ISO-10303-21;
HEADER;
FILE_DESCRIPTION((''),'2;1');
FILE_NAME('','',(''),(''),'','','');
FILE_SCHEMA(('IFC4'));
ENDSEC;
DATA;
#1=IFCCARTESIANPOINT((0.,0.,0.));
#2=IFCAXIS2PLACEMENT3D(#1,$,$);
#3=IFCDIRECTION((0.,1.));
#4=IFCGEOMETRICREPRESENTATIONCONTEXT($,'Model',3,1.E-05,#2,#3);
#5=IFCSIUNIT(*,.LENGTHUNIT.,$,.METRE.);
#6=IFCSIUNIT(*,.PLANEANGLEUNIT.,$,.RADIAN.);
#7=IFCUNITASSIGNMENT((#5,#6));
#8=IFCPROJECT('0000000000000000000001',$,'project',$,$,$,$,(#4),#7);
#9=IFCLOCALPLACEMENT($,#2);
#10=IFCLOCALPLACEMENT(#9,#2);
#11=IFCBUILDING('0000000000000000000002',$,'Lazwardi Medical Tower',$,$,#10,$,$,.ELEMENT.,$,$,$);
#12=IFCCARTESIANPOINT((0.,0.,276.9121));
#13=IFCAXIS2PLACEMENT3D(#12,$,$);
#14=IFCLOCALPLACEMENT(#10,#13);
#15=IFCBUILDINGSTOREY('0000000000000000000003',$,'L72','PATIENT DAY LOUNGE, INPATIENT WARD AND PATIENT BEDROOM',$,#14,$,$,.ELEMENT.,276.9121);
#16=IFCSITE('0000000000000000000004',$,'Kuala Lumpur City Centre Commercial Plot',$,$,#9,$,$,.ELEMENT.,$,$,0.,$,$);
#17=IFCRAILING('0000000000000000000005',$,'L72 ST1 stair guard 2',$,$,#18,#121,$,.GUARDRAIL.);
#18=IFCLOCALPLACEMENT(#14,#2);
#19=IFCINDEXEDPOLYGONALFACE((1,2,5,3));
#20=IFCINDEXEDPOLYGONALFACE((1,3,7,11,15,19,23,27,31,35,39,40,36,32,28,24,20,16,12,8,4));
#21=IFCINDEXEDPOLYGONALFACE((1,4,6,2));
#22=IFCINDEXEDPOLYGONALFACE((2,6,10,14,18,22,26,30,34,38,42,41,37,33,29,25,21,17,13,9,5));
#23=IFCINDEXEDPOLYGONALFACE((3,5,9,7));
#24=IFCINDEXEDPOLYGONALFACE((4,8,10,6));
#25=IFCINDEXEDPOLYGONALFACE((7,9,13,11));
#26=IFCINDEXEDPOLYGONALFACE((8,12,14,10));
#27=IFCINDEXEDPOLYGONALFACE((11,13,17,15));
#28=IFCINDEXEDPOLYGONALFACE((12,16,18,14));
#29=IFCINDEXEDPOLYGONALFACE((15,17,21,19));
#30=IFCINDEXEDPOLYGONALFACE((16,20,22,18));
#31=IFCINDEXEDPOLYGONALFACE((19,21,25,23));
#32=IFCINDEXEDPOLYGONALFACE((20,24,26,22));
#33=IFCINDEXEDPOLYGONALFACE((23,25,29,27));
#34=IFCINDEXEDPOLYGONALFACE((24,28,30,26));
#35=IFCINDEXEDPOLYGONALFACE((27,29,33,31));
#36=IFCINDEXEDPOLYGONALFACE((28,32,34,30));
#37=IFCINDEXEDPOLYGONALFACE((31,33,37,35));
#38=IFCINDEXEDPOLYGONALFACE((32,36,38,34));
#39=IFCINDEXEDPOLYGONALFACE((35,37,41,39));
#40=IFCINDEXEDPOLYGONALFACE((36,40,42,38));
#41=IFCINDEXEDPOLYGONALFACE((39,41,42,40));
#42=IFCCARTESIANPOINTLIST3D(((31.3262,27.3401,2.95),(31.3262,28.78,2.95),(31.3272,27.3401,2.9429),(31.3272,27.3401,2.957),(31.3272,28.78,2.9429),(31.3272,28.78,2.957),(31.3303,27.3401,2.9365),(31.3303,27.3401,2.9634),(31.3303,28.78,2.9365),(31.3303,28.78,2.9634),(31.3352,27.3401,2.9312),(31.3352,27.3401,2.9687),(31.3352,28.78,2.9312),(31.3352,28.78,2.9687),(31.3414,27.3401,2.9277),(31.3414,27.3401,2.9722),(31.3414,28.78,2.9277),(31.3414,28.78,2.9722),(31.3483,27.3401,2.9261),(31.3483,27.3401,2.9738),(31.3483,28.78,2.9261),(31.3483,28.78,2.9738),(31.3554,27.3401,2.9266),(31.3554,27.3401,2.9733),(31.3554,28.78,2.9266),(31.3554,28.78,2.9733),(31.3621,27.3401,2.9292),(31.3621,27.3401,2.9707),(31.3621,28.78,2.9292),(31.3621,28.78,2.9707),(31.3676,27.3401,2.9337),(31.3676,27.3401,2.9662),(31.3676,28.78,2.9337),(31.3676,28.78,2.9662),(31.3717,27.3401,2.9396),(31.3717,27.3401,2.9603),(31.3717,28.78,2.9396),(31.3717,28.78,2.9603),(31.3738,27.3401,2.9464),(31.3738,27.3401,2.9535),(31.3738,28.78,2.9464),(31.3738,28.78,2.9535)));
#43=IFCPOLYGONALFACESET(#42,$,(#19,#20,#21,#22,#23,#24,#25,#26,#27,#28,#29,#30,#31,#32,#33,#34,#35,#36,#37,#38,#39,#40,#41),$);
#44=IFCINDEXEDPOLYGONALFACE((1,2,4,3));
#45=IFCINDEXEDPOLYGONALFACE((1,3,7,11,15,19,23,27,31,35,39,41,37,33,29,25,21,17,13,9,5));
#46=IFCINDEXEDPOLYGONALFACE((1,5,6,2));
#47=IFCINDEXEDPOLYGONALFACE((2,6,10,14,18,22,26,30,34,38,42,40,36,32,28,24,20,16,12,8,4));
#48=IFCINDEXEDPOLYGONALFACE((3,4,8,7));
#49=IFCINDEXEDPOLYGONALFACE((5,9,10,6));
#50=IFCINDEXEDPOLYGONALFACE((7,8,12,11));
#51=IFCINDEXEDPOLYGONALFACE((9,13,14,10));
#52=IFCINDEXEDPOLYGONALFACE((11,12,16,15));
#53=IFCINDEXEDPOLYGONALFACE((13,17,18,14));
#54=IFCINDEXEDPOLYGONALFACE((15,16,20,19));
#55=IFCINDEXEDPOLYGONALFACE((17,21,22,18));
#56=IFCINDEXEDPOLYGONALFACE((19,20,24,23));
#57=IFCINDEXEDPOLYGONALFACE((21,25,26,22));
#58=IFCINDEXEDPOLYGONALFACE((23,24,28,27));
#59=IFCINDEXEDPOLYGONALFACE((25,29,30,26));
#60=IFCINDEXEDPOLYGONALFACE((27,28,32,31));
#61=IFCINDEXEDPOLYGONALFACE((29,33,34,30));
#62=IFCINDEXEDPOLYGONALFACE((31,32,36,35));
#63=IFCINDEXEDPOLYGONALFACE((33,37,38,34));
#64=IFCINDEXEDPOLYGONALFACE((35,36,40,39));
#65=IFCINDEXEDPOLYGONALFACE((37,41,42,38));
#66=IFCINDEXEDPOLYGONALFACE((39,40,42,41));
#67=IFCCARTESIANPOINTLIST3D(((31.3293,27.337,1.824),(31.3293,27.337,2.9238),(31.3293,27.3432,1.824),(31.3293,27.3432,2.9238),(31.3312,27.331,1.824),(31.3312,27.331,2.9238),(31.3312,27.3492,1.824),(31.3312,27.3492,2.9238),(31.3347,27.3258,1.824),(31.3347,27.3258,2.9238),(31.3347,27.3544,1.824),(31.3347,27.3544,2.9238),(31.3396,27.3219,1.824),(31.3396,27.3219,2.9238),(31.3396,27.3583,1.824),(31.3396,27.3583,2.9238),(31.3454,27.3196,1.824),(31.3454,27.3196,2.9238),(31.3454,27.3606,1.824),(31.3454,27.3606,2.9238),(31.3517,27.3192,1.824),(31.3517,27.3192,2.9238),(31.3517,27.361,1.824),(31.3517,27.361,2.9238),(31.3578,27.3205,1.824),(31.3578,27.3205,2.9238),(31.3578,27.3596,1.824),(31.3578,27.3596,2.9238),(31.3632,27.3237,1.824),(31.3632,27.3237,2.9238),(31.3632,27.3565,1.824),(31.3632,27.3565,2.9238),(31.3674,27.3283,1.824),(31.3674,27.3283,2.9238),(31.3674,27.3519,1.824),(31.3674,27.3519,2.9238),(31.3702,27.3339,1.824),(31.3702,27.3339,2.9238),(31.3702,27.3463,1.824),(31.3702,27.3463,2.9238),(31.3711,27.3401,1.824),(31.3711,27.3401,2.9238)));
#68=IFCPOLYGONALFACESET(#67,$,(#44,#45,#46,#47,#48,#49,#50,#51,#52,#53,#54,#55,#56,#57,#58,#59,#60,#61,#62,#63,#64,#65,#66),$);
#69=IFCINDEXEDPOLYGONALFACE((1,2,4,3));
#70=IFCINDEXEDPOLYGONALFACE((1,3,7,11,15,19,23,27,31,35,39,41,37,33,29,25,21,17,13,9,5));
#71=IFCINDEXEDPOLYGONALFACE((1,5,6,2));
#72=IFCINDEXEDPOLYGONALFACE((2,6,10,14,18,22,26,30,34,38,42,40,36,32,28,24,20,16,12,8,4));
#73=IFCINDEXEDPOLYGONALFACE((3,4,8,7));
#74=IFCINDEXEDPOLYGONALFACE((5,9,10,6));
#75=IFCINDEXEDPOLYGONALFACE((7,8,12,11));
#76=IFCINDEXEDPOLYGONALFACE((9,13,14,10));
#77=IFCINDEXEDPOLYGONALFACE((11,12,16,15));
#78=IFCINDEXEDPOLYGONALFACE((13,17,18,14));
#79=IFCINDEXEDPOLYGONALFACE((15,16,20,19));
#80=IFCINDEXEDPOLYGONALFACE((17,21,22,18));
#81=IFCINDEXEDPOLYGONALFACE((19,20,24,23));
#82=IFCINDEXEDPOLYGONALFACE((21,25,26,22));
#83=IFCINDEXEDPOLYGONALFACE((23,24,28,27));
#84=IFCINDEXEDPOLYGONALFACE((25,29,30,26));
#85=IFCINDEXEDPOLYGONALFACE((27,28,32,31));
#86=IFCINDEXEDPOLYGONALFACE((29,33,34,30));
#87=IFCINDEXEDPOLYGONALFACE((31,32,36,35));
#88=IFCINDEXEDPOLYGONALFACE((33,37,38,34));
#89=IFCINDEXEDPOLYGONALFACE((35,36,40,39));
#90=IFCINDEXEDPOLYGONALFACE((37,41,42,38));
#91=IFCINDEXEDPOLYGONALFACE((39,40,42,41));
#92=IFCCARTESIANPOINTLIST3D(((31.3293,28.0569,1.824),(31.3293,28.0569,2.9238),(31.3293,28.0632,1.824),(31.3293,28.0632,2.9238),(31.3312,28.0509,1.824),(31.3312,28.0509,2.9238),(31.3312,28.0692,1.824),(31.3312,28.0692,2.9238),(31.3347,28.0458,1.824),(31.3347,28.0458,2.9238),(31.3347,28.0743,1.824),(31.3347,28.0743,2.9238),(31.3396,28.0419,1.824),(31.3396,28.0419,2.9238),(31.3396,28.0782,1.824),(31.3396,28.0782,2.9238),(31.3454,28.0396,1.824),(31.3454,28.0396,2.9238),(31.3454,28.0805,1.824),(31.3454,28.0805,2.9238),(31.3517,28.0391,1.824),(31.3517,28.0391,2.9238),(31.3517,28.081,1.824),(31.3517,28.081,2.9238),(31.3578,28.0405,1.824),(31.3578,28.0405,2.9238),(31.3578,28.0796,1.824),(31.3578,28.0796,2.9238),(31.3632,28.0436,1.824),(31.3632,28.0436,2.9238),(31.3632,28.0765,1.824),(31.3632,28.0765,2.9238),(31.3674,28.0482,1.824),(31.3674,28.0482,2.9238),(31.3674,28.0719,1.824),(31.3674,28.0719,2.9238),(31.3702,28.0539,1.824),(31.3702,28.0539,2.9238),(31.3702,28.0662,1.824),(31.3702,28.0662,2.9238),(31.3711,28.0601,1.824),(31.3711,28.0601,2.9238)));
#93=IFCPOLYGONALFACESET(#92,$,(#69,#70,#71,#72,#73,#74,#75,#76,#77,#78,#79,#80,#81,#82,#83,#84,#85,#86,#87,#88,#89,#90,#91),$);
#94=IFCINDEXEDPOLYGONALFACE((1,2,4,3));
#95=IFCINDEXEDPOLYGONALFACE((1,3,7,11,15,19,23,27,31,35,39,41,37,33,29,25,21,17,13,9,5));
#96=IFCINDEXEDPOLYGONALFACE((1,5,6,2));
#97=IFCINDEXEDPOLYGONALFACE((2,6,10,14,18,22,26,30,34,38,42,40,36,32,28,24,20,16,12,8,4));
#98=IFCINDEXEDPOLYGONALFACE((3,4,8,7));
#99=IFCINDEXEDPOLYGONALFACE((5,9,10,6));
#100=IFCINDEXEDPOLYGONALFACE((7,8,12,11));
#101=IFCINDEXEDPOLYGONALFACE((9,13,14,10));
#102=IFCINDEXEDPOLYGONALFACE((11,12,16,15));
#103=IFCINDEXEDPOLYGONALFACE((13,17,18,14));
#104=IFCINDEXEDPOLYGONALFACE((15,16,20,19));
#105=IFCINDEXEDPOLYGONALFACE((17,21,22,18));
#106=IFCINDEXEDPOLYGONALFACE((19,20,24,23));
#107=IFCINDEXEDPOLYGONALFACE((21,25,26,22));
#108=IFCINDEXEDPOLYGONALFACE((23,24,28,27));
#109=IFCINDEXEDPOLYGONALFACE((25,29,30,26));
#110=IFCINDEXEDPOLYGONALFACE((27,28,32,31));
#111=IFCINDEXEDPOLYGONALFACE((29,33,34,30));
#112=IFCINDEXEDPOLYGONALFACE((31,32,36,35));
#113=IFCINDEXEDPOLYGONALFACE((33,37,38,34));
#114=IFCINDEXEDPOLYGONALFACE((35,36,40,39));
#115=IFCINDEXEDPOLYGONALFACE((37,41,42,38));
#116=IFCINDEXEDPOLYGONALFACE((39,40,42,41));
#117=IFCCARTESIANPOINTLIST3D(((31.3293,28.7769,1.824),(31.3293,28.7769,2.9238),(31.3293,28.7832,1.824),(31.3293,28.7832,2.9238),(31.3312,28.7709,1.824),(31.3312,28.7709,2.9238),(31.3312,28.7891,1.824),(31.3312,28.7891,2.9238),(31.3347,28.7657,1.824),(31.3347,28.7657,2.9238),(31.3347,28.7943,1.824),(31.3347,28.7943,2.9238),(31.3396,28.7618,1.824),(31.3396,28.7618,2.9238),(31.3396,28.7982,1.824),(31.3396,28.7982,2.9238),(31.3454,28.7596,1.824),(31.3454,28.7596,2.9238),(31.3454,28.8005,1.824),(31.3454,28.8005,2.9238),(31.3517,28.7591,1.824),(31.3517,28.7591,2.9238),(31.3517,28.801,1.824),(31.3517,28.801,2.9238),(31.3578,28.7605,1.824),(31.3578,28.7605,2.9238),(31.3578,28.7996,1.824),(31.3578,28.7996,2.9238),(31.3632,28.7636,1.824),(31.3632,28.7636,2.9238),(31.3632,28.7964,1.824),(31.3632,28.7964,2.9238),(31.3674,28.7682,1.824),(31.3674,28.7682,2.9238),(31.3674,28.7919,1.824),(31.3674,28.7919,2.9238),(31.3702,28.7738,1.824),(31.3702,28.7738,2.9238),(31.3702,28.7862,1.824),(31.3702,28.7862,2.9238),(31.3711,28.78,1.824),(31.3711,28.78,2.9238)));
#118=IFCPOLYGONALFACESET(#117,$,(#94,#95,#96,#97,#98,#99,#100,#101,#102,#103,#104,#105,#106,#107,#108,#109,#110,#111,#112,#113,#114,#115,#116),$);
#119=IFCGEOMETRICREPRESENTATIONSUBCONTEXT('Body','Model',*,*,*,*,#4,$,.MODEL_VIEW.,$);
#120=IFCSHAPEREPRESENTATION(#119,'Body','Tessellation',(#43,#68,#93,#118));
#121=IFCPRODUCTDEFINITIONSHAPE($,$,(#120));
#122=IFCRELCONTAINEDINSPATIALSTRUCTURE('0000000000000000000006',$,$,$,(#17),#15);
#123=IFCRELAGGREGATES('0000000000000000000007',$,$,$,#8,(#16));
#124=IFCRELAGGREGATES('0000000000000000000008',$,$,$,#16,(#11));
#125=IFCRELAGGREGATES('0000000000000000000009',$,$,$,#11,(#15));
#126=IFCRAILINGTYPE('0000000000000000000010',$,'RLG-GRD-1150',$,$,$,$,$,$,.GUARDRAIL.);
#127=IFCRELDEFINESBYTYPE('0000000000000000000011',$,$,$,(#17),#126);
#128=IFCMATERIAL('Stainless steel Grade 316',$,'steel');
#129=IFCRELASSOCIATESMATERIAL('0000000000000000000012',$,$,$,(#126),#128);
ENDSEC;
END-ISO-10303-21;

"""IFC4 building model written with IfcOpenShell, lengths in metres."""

from ifc_helpers import new_model, si_unit, direction, frame, origin, origin_2d, place, context, subcontext, project, spatial, circle, extrude, material, type_object, element, save


model = new_model("IFC4")

# Units and contexts
model_context = context("Model", 3, precision=1e-05, world=origin(), true_north=direction((0.0, 1.0)))
body_context = subcontext(model_context, "Body", "Model", "MODEL_VIEW")
ifc_project = project(units=[si_unit("LENGTHUNIT", "METRE"), si_unit("PLANEANGLEUNIT", "RADIAN")], contexts=[model_context])

# Site, building, storey
site_placement = place(None, origin())
site = spatial("IfcSite", under=ifc_project, at=site_placement, Name="Kuala Lumpur City Centre Commercial Plot", CompositionType="ELEMENT", RefElevation=0.0)
building_placement = place(site_placement, origin())
building = spatial("IfcBuilding", under=site, at=building_placement, Name="Lazwardi Medical Tower", CompositionType="ELEMENT")
storey_placement = place(building_placement, frame((0.0, 0.0, 276.9121)))
storey = spatial("IfcBuildingStorey", under=building, at=storey_placement, Name="L72", Description="PATIENT DAY LOUNGE, INPATIENT WARD AND PATIENT BEDROOM", CompositionType="ELEMENT", Elevation=276.9121)

# Railing
ifc_material_1 = material(Name="Stainless steel Grade 316", Category="steel")
railing_type_1 = type_object("IfcRailingType", Name="RLG-GRD-1150", PredefinedType="GUARDRAIL", material=ifc_material_1)
railing_1_placement = place(storey_placement, frame((31.3501, 27.3401, 1.824)))
element("IfcRailing", 1, at=railing_1_placement, inside=storey, type_object=railing_type_1, Name="L72 ST1 stair guard 2", PredefinedType="GUARDRAIL", context=body_context, shape_type="SweptSolid", body=[
    extrude(circle(Radius=0.0239, at=origin_2d()), frame((0.0, 0.0, 1.126), z_axis=(0.0, 1.0, 0.0), x_axis=(-1.0, 0.0, 0.0)), (0.0, 0.0, 1.0), 1.4399),
    extrude(circle(Radius=0.021, at=origin_2d()), origin(), (0.0, 0.0, 1.0), 1.0999),
    extrude(circle(Radius=0.021, at=origin_2d()), frame((0.0, 0.72, 0.0)), (0.0, 0.0, 1.0), 1.0999),
    extrude(circle(Radius=0.021, at=origin_2d()), frame((0.0, 1.4399, 0.0)), (0.0, 0.0, 1.0), 1.0999),
])

save(model, "model.ifc")
